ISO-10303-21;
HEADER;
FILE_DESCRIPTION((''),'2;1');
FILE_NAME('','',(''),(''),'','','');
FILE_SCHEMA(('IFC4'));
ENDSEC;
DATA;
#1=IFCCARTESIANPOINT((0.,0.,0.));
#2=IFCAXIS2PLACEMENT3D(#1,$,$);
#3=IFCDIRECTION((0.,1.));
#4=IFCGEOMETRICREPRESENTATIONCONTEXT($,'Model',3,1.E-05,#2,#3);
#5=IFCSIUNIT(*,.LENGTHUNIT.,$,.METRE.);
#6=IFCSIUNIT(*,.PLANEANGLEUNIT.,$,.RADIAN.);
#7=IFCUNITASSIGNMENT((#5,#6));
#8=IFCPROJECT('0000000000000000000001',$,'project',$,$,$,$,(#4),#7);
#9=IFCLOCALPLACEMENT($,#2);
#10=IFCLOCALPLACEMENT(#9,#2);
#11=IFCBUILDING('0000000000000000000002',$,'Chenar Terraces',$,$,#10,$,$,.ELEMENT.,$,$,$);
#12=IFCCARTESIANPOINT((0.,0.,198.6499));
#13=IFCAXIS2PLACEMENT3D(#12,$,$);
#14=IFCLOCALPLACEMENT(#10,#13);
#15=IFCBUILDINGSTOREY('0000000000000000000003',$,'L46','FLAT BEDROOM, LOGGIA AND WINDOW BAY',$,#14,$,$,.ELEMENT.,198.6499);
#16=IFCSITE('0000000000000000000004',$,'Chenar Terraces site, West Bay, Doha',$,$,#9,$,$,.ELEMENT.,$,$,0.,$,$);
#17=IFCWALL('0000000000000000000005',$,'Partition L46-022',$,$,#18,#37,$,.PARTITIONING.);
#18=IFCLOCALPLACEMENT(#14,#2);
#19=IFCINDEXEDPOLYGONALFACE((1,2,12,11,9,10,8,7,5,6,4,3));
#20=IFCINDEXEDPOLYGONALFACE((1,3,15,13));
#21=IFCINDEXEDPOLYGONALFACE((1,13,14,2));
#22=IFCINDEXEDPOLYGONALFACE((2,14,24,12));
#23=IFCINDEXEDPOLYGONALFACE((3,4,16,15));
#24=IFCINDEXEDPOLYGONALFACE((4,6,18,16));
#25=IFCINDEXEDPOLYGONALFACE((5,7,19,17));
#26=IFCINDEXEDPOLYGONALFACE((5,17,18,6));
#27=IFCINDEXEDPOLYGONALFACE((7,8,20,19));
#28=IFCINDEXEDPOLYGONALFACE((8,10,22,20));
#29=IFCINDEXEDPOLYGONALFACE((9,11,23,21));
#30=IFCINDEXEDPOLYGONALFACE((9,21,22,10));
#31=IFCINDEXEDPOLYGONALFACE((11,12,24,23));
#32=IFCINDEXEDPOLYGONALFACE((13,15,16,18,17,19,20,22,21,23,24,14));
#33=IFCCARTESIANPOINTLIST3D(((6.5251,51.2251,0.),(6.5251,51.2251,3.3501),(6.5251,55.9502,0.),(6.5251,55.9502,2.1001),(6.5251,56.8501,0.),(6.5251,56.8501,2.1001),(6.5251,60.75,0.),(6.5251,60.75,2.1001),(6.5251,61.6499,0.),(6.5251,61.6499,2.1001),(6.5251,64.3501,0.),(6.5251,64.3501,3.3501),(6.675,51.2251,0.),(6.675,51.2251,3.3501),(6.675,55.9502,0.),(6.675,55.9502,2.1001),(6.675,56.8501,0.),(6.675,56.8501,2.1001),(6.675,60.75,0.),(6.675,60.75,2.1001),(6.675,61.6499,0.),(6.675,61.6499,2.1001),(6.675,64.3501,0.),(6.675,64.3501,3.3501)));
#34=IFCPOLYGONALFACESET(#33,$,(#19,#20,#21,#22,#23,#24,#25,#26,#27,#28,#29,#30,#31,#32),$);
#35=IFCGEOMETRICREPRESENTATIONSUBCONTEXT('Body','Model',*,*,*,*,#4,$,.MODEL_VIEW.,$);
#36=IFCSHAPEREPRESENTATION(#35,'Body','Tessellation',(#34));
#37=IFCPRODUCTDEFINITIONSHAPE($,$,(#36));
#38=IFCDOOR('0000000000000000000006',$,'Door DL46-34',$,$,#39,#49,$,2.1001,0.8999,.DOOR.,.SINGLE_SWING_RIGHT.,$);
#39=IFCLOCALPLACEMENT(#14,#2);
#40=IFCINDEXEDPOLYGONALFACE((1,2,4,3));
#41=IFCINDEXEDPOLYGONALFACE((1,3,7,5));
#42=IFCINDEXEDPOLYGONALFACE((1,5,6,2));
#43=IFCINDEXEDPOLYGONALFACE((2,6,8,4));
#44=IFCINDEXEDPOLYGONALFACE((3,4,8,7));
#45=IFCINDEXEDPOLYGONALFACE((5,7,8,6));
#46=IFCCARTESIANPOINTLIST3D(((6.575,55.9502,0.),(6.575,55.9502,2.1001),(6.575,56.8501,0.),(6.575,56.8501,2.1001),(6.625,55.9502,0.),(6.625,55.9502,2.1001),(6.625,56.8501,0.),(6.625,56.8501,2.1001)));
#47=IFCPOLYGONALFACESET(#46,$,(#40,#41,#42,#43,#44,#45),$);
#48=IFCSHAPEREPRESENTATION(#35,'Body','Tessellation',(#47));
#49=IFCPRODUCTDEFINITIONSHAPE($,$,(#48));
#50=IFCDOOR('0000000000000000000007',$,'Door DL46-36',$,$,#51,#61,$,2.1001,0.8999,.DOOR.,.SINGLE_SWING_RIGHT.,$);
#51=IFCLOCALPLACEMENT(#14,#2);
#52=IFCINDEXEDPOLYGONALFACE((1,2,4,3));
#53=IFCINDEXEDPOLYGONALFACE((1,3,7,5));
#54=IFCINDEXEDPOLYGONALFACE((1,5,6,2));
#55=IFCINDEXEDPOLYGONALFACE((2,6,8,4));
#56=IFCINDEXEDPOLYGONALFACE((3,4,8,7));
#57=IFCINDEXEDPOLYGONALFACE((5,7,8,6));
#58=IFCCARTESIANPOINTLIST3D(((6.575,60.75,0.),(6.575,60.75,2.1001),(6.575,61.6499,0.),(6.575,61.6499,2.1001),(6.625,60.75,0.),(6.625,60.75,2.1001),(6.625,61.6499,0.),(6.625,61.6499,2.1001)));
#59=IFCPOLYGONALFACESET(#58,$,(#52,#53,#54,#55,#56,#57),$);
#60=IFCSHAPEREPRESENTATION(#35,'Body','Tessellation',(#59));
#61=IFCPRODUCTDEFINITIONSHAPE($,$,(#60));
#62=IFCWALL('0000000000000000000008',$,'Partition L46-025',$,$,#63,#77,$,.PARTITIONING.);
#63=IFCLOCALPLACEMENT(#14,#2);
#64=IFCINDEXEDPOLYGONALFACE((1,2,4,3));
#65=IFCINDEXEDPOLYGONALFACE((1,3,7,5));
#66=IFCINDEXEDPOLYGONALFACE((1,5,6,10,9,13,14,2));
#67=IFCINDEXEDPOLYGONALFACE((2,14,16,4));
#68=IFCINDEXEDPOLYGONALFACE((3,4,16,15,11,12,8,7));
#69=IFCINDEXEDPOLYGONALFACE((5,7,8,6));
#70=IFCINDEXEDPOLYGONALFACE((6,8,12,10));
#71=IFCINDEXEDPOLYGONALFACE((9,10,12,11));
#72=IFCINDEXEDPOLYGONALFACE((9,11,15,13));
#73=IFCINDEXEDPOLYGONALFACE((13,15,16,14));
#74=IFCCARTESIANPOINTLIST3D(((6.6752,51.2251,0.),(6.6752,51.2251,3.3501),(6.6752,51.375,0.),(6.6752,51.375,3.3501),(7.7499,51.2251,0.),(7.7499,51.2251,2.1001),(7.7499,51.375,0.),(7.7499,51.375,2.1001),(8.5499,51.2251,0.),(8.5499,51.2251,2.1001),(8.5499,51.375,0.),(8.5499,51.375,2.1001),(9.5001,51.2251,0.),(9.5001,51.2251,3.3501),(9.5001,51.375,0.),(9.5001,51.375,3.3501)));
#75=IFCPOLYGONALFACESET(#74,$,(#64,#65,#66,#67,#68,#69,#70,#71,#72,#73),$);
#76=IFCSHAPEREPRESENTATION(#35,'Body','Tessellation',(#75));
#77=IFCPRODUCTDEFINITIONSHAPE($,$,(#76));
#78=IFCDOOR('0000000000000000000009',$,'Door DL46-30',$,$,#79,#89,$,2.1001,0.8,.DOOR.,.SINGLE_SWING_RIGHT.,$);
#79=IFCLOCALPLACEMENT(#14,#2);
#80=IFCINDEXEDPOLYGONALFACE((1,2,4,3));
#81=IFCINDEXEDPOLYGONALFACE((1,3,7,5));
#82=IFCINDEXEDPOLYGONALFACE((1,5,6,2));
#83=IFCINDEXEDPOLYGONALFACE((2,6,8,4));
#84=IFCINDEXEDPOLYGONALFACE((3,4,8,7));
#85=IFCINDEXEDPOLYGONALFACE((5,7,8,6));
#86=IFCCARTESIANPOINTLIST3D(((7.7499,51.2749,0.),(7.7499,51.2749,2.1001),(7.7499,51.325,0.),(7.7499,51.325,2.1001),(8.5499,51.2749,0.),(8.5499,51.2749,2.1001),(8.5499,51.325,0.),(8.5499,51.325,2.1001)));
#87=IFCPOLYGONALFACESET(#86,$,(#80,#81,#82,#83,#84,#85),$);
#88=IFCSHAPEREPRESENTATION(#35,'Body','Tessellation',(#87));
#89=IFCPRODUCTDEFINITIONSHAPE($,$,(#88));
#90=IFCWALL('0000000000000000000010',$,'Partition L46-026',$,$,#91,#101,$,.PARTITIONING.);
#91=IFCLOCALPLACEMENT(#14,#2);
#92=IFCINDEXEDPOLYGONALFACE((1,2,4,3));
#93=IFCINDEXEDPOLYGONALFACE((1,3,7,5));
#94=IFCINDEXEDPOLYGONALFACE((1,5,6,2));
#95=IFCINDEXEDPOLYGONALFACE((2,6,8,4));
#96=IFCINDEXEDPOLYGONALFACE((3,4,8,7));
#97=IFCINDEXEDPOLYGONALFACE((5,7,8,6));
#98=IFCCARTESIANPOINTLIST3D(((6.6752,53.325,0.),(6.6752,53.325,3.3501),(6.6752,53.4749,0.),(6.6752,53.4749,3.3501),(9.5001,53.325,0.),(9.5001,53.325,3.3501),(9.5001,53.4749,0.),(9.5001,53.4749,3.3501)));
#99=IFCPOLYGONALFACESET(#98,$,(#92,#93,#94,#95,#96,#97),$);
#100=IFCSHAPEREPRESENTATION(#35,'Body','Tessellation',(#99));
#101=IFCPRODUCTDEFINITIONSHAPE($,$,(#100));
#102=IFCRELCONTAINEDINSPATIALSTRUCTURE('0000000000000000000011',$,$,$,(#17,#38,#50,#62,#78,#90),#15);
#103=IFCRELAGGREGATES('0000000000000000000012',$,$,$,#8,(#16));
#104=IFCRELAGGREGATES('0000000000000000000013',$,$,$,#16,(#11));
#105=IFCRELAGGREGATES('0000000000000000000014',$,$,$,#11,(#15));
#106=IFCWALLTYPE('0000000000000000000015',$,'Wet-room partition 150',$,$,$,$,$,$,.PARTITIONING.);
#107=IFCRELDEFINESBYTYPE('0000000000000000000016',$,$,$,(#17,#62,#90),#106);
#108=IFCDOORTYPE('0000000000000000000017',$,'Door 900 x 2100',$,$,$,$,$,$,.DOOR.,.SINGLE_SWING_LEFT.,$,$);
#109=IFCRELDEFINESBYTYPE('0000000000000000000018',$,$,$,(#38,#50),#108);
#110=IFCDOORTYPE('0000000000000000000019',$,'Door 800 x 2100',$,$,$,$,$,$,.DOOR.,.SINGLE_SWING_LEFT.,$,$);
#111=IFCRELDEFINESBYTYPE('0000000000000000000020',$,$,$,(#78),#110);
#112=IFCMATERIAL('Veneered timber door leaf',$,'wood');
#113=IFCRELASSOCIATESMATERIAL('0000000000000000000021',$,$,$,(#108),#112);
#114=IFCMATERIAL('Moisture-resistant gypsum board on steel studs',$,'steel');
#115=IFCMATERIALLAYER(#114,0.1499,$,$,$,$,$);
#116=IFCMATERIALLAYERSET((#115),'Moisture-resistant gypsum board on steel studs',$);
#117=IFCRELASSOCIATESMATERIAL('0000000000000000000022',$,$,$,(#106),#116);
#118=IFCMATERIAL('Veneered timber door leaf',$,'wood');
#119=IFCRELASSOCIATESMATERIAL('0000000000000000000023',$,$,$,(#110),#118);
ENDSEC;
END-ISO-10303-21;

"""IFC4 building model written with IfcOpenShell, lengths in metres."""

from ifc_helpers import new_model, si_unit, direction, frame, frame_2d, origin, place, context, subcontext, project, spatial, rectangle, extrude, material, layer, layer_set, type_object, element, fill, save


model = new_model("IFC4")

# Units and contexts
model_context = context("Model", 3, precision=1e-05, world=origin(), true_north=direction((0.0, 1.0)))
body_context = subcontext(model_context, "Body", "Model", "MODEL_VIEW")
ifc_project = project(units=[si_unit("LENGTHUNIT", "METRE"), si_unit("PLANEANGLEUNIT", "RADIAN")], contexts=[model_context])

# Site, building, storey
site_placement = place(None, origin())
site = spatial("IfcSite", under=ifc_project, at=site_placement, Name="Chenar Terraces site, West Bay, Doha", CompositionType="ELEMENT", RefElevation=0.0)
building_placement = place(site_placement, origin())
building = spatial("IfcBuilding", under=site, at=building_placement, Name="Chenar Terraces", CompositionType="ELEMENT")
storey_placement = place(building_placement, frame((0.0, 0.0, 198.6499)))
storey = spatial("IfcBuildingStorey", under=building, at=storey_placement, Name="L46", Description="FLAT BEDROOM, LOGGIA AND WINDOW BAY", CompositionType="ELEMENT", Elevation=198.6499)

# Shared definitions
ifc_material_1 = material(Name="Veneered timber door leaf", Category="wood")
door_type_1 = type_object("IfcDoorType", Name="Door 900 x 2100", OperationType="SINGLE_SWING_LEFT", PredefinedType="DOOR", material=ifc_material_1)

# Wall, openings, doors
ifc_material_2 = material(Name="Moisture-resistant gypsum board on steel studs", Category="steel")
ifc_layer_1 = layer(ifc_material_2, 0.1499)
ifc_layer_set_1 = layer_set([ifc_layer_1], Name="Moisture-resistant gypsum board on steel studs")
wall_type_1 = type_object("IfcWallType", Name="Wet-room partition 150", PredefinedType="PARTITIONING", material=ifc_layer_set_1)
wall_1_placement = place(storey_placement, frame((6.6001, 51.2251, 0.0), z_axis=(0.0, 0.0, 1.0), x_axis=(0.0, 1.0, 0.0)))
wall_1 = element("IfcWall", 1, at=wall_1_placement, inside=storey, type_object=wall_type_1, Name="Partition L46-022", PredefinedType="PARTITIONING", context=body_context, shape_type="SweptSolid", body=[
    extrude(rectangle(XDim=13.125, YDim=0.1499, at=frame_2d((6.5625, 0.0))), origin(), (0.0, 0.0, 1.0), 3.3501),
])
opening_1_placement = place(wall_1_placement, frame((4.7251, 0.0, 0.0)))
opening_1 = element("IfcOpeningElement", 2, at=opening_1_placement, cuts=wall_1, PredefinedType="OPENING", context=body_context, shape_type="SweptSolid", body=[
    extrude(rectangle(XDim=0.8999, YDim=2.1001, at=frame_2d((0.45, 1.05))), frame((0.0, 0.085, 0.0), z_axis=(0.0, -1.0, 0.0), x_axis=(1.0, 0.0, 0.0)), (0.0, 0.0, 1.0), 0.1699),
])
opening_2_placement = place(wall_1_placement, frame((9.5249, 0.0, 0.0)))
opening_2 = element("IfcOpeningElement", 3, at=opening_2_placement, cuts=wall_1, PredefinedType="OPENING", context=body_context, shape_type="SweptSolid", body=[
    extrude(rectangle(XDim=0.8999, YDim=2.1001, at=frame_2d((0.45, 1.05))), frame((0.0, 0.085, 0.0), z_axis=(0.0, -1.0, 0.0), x_axis=(1.0, 0.0, 0.0)), (0.0, 0.0, 1.0), 0.1699),
])
door_1_placement = place(opening_1_placement, frame((0.8999, 0.0, 0.0), z_axis=(0.0, 0.0, 1.0), x_axis=(-1.0, 0.0, 0.0)))
door_1 = element("IfcDoor", 4, at=door_1_placement, inside=storey, type_object=door_type_1, Name="Door DL46-34", OperationType="SINGLE_SWING_RIGHT", OverallHeight=2.1001, OverallWidth=0.8999, PredefinedType="DOOR", context=body_context, shape_type="SweptSolid", body=[
    extrude(rectangle(XDim=0.8999, YDim=2.1001, at=frame_2d((0.45, 1.05))), frame((0.0, 0.0249, 0.0), z_axis=(0.0, -1.0, 0.0), x_axis=(1.0, 0.0, 0.0)), (0.0, 0.0, 1.0), 0.05),
])
fill(opening_1, door_1)
door_2_placement = place(opening_2_placement, frame((0.8999, 0.0, 0.0), z_axis=(0.0, 0.0, 1.0), x_axis=(-1.0, 0.0, 0.0)))
door_2 = element("IfcDoor", 5, at=door_2_placement, inside=storey, type_object=door_type_1, Name="Door DL46-36", OperationType="SINGLE_SWING_RIGHT", OverallHeight=2.1001, OverallWidth=0.8999, PredefinedType="DOOR", context=body_context, shape_type="SweptSolid", body=[
    extrude(rectangle(XDim=0.8999, YDim=2.1001, at=frame_2d((0.45, 1.05))), frame((0.0, 0.0249, 0.0), z_axis=(0.0, -1.0, 0.0), x_axis=(1.0, 0.0, 0.0)), (0.0, 0.0, 1.0), 0.05),
])
fill(opening_2, door_2)

# Wall, opening, door
wall_2_placement = place(storey_placement, frame((6.675, 51.3, 0.0), z_axis=(0.0, 0.0, 1.0), x_axis=(1.0, 0.0, 0.0)))
wall_2 = element("IfcWall", 6, at=wall_2_placement, inside=storey, type_object=wall_type_1, Name="Partition L46-025", PredefinedType="PARTITIONING", context=body_context, shape_type="SweptSolid", body=[
    extrude(rectangle(XDim=2.825, YDim=0.1499, at=frame_2d((1.4126, 0.0))), origin(), (0.0, 0.0, 1.0), 3.3501),
])
opening_3_placement = place(wall_2_placement, frame((1.075, 0.0, 0.0)))
opening_3 = element("IfcOpeningElement", 7, at=opening_3_placement, cuts=wall_2, PredefinedType="OPENING", context=body_context, shape_type="SweptSolid", body=[
    extrude(rectangle(XDim=0.8, YDim=2.1001, at=frame_2d((0.3999, 1.05))), frame((0.0, 0.085, 0.0), z_axis=(0.0, -1.0, 0.0), x_axis=(1.0, 0.0, 0.0)), (0.0, 0.0, 1.0), 0.1699),
])
ifc_material_3 = material(Name="Veneered timber door leaf", Category="wood")
door_type_2 = type_object("IfcDoorType", Name="Door 800 x 2100", OperationType="SINGLE_SWING_LEFT", PredefinedType="DOOR", material=ifc_material_3)
door_3_placement = place(opening_3_placement, origin())
door_3 = element("IfcDoor", 8, at=door_3_placement, inside=storey, type_object=door_type_2, Name="Door DL46-30", OperationType="SINGLE_SWING_RIGHT", OverallHeight=2.1001, OverallWidth=0.8, PredefinedType="DOOR", context=body_context, shape_type="SweptSolid", body=[
    extrude(rectangle(XDim=0.8, YDim=2.1001, at=frame_2d((0.3999, 1.05))), frame((0.0, 0.0249, 0.0), z_axis=(0.0, -1.0, 0.0), x_axis=(1.0, 0.0, 0.0)), (0.0, 0.0, 1.0), 0.05),
])
fill(opening_3, door_3)

# Wall
wall_3_placement = place(storey_placement, frame((6.675, 53.3999, 0.0), z_axis=(0.0, 0.0, 1.0), x_axis=(1.0, 0.0, 0.0)))
element("IfcWall", 9, at=wall_3_placement, inside=storey, type_object=wall_type_1, Name="Partition L46-026", PredefinedType="PARTITIONING", context=body_context, shape_type="SweptSolid", body=[
    extrude(rectangle(XDim=2.825, YDim=0.1499, at=frame_2d((1.4126, 0.0))), origin(), (0.0, 0.0, 1.0), 3.3501),
])

save(model, "model.ifc")
